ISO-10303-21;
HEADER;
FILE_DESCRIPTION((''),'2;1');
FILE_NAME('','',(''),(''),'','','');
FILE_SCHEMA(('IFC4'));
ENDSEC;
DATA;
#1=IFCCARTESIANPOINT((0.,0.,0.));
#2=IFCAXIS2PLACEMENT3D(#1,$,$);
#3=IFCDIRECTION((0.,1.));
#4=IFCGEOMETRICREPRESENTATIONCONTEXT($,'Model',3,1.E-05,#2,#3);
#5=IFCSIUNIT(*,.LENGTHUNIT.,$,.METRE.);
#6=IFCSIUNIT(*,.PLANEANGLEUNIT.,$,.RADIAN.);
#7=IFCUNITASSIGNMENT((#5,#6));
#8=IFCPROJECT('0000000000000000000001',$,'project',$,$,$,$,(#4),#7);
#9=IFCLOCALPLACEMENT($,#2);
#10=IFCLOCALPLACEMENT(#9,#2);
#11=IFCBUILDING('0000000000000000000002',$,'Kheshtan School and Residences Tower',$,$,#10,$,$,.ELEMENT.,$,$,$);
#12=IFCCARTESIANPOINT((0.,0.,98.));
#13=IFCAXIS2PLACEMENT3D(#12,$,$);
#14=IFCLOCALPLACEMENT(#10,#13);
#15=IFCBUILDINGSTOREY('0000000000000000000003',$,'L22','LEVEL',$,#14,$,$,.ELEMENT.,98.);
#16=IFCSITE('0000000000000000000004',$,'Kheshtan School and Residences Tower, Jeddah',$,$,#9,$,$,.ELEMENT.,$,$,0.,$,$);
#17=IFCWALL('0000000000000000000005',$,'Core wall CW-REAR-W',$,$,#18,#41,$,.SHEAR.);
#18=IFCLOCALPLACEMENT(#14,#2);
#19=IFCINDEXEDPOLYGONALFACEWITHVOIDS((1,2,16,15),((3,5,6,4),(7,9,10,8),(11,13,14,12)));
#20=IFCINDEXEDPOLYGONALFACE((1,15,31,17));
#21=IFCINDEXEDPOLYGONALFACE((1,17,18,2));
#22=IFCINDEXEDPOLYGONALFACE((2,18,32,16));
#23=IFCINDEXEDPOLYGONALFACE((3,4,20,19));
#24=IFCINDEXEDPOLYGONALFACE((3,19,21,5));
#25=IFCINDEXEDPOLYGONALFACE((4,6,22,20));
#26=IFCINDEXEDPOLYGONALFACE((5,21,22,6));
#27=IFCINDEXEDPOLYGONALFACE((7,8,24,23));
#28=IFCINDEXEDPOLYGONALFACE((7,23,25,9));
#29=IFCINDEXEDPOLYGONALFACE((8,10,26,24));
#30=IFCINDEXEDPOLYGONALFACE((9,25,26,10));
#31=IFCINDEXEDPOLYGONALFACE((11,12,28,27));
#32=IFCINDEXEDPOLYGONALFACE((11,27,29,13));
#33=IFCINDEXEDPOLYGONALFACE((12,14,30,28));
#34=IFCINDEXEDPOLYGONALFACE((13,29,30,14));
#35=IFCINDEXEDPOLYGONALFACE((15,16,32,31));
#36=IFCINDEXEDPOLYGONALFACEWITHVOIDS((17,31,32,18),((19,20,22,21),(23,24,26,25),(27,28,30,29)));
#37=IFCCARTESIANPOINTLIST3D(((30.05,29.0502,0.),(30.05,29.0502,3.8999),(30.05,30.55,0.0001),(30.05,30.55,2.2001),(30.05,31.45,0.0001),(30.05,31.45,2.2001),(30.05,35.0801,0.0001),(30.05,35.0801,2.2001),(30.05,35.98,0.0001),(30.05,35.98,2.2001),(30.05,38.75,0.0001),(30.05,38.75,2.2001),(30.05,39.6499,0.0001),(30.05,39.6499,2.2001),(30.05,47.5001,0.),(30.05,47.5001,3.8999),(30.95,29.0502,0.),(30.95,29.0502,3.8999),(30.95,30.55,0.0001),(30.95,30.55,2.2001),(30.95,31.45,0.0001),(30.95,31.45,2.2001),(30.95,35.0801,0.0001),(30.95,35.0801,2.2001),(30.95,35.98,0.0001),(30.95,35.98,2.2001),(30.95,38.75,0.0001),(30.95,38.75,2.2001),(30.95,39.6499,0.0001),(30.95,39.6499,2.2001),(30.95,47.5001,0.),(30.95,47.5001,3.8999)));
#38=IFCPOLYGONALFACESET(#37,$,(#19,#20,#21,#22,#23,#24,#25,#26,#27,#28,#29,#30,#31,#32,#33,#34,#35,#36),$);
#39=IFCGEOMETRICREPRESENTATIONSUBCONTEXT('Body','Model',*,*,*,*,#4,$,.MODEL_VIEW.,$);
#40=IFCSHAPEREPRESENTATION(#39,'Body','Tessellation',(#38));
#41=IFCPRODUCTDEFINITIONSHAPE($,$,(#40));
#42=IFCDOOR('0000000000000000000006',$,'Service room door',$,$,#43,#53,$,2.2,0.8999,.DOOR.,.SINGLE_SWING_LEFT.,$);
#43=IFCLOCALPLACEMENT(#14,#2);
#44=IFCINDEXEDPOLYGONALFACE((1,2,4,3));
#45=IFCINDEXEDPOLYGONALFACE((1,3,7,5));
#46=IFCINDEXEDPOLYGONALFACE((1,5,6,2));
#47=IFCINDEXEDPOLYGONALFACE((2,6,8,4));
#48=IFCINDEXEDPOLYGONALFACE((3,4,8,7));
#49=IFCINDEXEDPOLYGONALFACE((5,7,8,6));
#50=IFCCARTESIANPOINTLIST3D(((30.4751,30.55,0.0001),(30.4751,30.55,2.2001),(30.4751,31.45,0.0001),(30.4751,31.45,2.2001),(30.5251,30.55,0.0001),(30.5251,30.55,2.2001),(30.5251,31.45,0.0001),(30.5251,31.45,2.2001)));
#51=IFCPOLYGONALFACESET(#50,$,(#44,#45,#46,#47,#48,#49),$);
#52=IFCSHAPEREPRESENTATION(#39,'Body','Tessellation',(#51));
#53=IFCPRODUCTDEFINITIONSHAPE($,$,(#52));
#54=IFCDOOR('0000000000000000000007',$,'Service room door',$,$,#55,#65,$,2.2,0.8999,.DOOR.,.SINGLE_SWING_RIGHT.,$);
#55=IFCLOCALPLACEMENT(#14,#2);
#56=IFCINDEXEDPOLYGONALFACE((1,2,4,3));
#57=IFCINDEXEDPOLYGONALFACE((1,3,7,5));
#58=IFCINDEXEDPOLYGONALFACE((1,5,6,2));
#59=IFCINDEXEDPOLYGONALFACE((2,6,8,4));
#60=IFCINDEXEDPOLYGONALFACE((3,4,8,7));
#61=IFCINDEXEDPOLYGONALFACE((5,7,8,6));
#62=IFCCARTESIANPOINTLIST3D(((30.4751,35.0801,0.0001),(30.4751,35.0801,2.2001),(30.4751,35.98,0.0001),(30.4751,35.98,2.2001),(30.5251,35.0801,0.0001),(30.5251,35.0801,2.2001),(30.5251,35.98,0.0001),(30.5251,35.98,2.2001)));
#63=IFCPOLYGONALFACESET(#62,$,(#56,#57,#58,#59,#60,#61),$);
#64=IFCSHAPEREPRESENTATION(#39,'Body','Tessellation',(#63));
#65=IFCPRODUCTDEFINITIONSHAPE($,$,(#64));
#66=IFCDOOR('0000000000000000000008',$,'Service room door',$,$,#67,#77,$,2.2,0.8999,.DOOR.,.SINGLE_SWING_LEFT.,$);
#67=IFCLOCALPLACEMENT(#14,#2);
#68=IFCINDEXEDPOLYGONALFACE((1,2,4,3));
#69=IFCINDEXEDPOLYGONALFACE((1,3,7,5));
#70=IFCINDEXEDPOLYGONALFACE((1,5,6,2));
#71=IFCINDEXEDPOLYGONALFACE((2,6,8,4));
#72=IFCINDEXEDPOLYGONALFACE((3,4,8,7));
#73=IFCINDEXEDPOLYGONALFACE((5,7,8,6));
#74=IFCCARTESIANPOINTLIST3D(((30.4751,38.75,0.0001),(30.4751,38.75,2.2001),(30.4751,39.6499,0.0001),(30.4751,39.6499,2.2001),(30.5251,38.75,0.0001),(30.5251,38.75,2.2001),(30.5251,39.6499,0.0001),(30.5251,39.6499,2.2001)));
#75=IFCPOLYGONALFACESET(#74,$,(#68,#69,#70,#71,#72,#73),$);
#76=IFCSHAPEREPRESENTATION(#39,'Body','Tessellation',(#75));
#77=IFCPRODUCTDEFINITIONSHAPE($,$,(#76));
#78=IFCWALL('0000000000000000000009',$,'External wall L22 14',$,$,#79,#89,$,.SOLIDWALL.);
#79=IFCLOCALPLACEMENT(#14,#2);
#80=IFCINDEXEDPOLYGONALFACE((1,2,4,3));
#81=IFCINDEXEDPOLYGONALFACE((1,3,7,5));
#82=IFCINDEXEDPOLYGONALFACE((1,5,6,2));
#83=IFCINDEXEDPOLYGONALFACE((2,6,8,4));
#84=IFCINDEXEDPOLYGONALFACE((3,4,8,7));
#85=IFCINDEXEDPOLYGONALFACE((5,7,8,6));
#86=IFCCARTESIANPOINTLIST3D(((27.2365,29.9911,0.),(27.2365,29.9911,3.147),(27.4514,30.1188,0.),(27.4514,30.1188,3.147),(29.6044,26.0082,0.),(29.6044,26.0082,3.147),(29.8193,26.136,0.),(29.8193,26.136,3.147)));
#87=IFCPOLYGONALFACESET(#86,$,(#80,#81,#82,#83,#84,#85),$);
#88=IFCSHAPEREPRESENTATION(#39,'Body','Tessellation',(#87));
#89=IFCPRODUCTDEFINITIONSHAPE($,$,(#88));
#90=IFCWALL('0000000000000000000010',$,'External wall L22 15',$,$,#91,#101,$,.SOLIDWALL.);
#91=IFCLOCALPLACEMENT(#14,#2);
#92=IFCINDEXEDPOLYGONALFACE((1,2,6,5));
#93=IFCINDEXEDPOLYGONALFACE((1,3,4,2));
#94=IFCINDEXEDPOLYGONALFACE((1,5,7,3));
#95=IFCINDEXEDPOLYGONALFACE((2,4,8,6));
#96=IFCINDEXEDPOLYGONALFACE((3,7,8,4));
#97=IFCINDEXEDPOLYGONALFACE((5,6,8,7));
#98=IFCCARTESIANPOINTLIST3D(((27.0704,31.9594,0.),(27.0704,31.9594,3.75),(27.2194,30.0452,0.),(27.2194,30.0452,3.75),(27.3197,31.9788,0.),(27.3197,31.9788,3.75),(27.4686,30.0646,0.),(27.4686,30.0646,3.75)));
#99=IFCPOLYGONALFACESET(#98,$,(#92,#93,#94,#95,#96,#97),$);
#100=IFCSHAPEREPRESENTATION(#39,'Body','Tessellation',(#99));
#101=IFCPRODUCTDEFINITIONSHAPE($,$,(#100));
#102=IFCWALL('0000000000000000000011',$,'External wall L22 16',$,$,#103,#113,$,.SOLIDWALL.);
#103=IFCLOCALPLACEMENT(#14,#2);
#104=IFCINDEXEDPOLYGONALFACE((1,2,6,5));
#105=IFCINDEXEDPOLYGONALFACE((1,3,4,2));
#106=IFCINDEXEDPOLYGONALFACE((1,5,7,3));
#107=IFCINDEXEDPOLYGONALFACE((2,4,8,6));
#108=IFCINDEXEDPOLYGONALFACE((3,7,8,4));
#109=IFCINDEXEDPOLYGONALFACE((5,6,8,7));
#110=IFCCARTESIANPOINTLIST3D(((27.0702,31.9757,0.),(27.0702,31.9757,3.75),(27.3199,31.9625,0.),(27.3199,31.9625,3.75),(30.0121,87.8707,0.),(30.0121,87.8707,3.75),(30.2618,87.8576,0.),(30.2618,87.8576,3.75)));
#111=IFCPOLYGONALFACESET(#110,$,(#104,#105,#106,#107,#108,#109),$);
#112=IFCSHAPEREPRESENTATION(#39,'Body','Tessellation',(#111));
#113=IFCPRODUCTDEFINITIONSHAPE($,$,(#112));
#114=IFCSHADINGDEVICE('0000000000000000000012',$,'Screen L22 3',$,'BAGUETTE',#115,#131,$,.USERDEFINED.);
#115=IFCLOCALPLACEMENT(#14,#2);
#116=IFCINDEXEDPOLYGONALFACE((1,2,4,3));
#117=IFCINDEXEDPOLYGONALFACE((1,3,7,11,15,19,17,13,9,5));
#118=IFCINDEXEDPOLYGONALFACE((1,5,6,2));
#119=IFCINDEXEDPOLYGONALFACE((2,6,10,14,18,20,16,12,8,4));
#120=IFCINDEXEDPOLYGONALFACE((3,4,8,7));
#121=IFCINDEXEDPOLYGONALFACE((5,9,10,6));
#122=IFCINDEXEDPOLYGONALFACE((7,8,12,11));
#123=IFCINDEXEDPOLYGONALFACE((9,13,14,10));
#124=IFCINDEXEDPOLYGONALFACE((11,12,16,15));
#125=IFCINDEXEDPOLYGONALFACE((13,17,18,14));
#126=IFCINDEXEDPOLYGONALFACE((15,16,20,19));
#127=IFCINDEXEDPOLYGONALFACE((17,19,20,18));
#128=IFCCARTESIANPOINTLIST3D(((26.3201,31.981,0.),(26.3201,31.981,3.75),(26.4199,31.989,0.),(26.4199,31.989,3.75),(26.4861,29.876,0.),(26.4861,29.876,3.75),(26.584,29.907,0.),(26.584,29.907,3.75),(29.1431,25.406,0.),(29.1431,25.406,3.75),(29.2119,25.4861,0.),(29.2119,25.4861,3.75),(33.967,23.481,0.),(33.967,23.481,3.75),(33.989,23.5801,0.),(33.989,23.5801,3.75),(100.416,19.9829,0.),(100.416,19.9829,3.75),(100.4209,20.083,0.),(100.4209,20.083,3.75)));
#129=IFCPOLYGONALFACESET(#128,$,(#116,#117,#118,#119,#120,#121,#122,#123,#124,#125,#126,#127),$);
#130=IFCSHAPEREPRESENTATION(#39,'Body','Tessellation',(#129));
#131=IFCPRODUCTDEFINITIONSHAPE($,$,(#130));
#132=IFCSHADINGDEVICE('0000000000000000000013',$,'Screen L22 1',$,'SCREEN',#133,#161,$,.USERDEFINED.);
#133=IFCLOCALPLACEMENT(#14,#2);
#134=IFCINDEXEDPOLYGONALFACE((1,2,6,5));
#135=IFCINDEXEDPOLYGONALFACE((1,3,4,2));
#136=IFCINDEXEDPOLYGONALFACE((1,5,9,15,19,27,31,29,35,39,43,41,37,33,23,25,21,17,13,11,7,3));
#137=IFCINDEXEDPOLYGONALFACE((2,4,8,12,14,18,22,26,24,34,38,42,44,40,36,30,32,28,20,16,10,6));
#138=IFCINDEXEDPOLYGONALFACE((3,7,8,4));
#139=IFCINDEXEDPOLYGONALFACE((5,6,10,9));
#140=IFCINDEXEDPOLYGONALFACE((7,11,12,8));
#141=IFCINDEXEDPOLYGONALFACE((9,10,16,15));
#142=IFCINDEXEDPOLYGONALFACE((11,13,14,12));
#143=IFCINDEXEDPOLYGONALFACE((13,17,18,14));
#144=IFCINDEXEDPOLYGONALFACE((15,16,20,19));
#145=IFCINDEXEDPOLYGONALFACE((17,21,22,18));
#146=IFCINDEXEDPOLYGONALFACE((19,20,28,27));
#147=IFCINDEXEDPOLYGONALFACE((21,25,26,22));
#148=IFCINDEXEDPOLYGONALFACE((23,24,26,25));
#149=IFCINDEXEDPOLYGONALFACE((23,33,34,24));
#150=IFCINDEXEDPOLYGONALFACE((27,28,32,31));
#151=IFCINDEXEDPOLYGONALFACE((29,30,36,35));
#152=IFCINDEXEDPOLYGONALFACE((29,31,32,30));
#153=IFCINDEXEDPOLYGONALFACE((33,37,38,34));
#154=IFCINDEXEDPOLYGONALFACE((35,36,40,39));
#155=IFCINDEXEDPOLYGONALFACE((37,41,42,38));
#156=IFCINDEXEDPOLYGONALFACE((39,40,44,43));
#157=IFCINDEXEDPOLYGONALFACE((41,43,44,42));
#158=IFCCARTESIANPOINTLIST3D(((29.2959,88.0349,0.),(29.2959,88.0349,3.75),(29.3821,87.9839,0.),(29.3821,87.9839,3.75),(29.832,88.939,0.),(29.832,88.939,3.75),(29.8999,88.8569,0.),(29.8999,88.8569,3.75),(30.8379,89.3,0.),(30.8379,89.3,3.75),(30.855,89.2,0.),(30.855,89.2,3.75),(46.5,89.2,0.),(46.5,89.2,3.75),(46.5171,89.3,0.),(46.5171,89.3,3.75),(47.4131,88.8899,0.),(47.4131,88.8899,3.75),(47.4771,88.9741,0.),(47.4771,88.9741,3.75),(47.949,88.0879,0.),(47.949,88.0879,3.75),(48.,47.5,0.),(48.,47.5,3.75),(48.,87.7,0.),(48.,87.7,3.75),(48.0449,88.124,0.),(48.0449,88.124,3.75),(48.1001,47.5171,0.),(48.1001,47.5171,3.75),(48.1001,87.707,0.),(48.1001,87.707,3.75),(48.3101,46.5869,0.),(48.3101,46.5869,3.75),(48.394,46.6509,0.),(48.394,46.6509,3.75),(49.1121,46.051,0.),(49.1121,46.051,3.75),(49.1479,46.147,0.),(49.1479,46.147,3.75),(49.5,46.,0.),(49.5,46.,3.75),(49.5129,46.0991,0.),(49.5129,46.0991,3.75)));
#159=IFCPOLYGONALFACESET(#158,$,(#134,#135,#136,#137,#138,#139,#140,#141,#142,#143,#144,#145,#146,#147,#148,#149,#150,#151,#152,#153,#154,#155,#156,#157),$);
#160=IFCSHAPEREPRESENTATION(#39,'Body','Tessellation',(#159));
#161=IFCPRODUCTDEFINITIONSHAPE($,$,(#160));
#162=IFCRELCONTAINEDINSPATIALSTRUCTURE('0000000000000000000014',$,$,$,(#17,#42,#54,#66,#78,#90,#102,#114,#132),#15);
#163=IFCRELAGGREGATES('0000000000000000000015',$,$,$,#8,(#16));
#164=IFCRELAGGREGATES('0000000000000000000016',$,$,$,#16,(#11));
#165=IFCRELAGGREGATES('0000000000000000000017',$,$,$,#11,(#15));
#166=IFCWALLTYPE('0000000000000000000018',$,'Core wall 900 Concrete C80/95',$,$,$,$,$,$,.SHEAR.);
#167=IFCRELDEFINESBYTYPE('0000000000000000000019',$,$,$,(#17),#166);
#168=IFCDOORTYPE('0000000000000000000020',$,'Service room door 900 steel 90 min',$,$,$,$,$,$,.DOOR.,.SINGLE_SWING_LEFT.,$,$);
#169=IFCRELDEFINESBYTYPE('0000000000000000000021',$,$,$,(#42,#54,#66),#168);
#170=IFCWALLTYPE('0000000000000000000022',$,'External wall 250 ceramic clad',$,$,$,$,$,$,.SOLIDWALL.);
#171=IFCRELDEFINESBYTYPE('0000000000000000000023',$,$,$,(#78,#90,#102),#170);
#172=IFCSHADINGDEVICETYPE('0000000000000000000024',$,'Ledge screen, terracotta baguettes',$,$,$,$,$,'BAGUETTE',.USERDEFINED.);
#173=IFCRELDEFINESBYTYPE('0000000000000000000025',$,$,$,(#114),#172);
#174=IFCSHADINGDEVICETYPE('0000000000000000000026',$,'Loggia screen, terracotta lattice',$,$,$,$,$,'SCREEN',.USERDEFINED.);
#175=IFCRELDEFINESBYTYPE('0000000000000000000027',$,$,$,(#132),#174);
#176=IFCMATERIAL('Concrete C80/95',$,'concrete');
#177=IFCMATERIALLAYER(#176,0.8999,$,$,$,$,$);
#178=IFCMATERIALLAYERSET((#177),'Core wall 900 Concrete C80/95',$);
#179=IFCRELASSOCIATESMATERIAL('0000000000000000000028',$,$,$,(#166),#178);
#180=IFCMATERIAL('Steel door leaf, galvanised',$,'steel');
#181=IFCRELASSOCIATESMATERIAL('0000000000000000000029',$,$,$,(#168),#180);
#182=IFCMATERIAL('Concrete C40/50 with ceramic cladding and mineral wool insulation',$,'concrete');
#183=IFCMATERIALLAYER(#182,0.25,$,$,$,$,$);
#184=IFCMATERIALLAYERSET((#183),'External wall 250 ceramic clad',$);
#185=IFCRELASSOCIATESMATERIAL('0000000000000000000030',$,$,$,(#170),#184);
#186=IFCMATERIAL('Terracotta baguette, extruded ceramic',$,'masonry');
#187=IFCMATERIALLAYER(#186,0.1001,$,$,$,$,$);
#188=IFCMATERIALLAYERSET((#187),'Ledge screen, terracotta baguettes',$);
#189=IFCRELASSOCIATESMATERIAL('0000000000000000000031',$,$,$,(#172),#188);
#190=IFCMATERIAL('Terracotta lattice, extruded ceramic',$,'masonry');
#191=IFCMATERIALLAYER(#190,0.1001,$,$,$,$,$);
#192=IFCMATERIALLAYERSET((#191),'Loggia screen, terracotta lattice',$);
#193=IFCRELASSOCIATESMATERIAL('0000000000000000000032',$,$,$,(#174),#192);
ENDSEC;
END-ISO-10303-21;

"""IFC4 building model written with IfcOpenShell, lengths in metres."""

from ifc_helpers import new_model, si_unit, direction, frame, frame_2d, origin, place, context, subcontext, project, spatial, polyline, rectangle, outline, extrude, source, transform, mapped, material, layer, layer_set, type_object, element, fill, save


model = new_model("IFC4")

# Units and contexts
model_context = context("Model", 3, precision=1e-05, world=origin(), true_north=direction((0.0, 1.0)))
body_context = subcontext(model_context, "Body", "Model", "MODEL_VIEW")
ifc_project = project(units=[si_unit("LENGTHUNIT", "METRE"), si_unit("PLANEANGLEUNIT", "RADIAN")], contexts=[model_context])

# Site, building, storey
site_placement = place(None, origin())
site = spatial("IfcSite", under=ifc_project, at=site_placement, Name="Kheshtan School and Residences Tower, Jeddah", CompositionType="ELEMENT", RefElevation=0.0)
building_placement = place(site_placement, origin())
building = spatial("IfcBuilding", under=site, at=building_placement, Name="Kheshtan School and Residences Tower", CompositionType="ELEMENT")
storey_placement = place(building_placement, frame((0.0, 0.0, 98.0)))
storey = spatial("IfcBuildingStorey", under=building, at=storey_placement, Name="L22", Description="LEVEL", CompositionType="ELEMENT", Elevation=98.0)

# Wall, openings, doors
ifc_material_1 = material(Name="Concrete C80/95", Category="concrete")
ifc_layer_1 = layer(ifc_material_1, 0.8999)
ifc_layer_set_1 = layer_set([ifc_layer_1], Name="Core wall 900 Concrete C80/95")
wall_type_1 = type_object("IfcWallType", Name="Core wall 900 Concrete C80/95", PredefinedType="SHEAR", material=ifc_layer_set_1)
wall_1_placement = place(storey_placement, frame((30.5, 29.05, 0.0), z_axis=(0.0, 0.0, 1.0), x_axis=(0.0, 1.0, 0.0)))
wall_1 = element("IfcWall", 1, at=wall_1_placement, inside=storey, type_object=wall_type_1, Name="Core wall CW-REAR-W", PredefinedType="SHEAR", context=body_context, shape_type="SweptSolid", body=[
    extrude(rectangle(XDim=18.45, YDim=0.8999, at=frame_2d((9.2251, 0.0))), origin(), (0.0, 0.0, 1.0), 3.8999),
])
opening_1_placement = place(wall_1_placement, frame((1.5, 0.0, 0.0)))
opening_1 = element("IfcOpeningElement", 2, at=opening_1_placement, cuts=wall_1, PredefinedType="OPENING", context=body_context, shape_type="SweptSolid", body=[
    extrude(rectangle(XDim=0.8999, YDim=2.2, at=frame_2d((0.45, 1.1001))), frame((0.0, 0.46, 0.0), z_axis=(0.0, -1.0, 0.0), x_axis=(1.0, 0.0, 0.0)), (0.0, 0.0, 1.0), 0.9199),
])
opening_2_placement = place(wall_1_placement, frame((6.03, 0.0, 0.0)))
opening_2 = element("IfcOpeningElement", 3, at=opening_2_placement, cuts=wall_1, PredefinedType="OPENING", context=body_context, shape_type="SweptSolid", body=[
    extrude(rectangle(XDim=0.8999, YDim=2.2, at=frame_2d((0.45, 1.1001))), frame((0.0, 0.46, 0.0), z_axis=(0.0, -1.0, 0.0), x_axis=(1.0, 0.0, 0.0)), (0.0, 0.0, 1.0), 0.9199),
])
opening_3_placement = place(wall_1_placement, frame((9.7, 0.0, 0.0)))
opening_3 = element("IfcOpeningElement", 4, at=opening_3_placement, cuts=wall_1, PredefinedType="OPENING", context=body_context, shape_type="SweptSolid", body=[
    extrude(rectangle(XDim=0.8999, YDim=2.2, at=frame_2d((0.45, 1.1001))), frame((0.0, 0.46, 0.0), z_axis=(0.0, -1.0, 0.0), x_axis=(1.0, 0.0, 0.0)), (0.0, 0.0, 1.0), 0.9199),
])
ifc_material_2 = material(Name="Steel door leaf, galvanised", Category="steel")
door_type = type_object("IfcDoorType", Name="Service room door 900 steel 90 min", OperationType="SINGLE_SWING_LEFT", PredefinedType="DOOR", material=ifc_material_2)
shared_shape = source(origin(), body_context, "Body", "SweptSolid", [
    extrude(rectangle(XDim=0.8999, YDim=2.2, at=frame_2d((0.45, 1.1001))), frame((0.0, 0.0249, 0.0), z_axis=(0.0, -1.0, 0.0), x_axis=(1.0, 0.0, 0.0)), (0.0, 0.0, 1.0), 0.05),
])
door_1_placement = place(opening_1_placement, origin())
door_1 = element("IfcDoor", 5, at=door_1_placement, inside=storey, type_object=door_type, Name="Service room door", OperationType="SINGLE_SWING_LEFT", OverallHeight=2.2, OverallWidth=0.8999, PredefinedType="DOOR", context=body_context, shape_type="MappedRepresentation", body=[
    mapped(shared_shape, transform((0.0, 0.0, 0.0), x_axis=(1.0, 0.0, 0.0), y_axis=(0.0, 1.0, 0.0), z_axis=(0.0, 0.0, 1.0), scale=1.0)),
])
fill(opening_1, door_1)
door_2_placement = place(opening_2_placement, origin())
door_2 = element("IfcDoor", 6, at=door_2_placement, inside=storey, type_object=door_type, Name="Service room door", OperationType="SINGLE_SWING_RIGHT", OverallHeight=2.2, OverallWidth=0.8999, PredefinedType="DOOR", context=body_context, shape_type="MappedRepresentation", body=[
    mapped(shared_shape, transform((0.0, 0.0, 0.0), x_axis=(1.0, 0.0, 0.0), y_axis=(0.0, 1.0, 0.0), z_axis=(0.0, 0.0, 1.0), scale=1.0)),
])
fill(opening_2, door_2)
door_3_placement = place(opening_3_placement, origin())
door_3 = element("IfcDoor", 7, at=door_3_placement, inside=storey, type_object=door_type, Name="Service room door", OperationType="SINGLE_SWING_LEFT", OverallHeight=2.2, OverallWidth=0.8999, PredefinedType="DOOR", context=body_context, shape_type="MappedRepresentation", body=[
    mapped(shared_shape, transform((0.0, 0.0, 0.0), x_axis=(1.0, 0.0, 0.0), y_axis=(0.0, 1.0, 0.0), z_axis=(0.0, 0.0, 1.0), scale=1.0)),
])
fill(opening_3, door_3)

# Walls
ifc_material_3 = material(Name="Concrete C40/50 with ceramic cladding and mineral wool insulation", Category="concrete")
ifc_layer_2 = layer(ifc_material_3, 0.25)
ifc_layer_set_2 = layer_set([ifc_layer_2], Name="External wall 250 ceramic clad")
wall_type_2 = type_object("IfcWallType", Name="External wall 250 ceramic clad", PredefinedType="SOLIDWALL", material=ifc_layer_set_2)
wall_2_placement = place(storey_placement, frame((29.7119, 26.072, 0.0), z_axis=(0.0, 0.0, 1.0), x_axis=(-0.511028, 0.859564, 0.0)))
element("IfcWall", 8, at=wall_2_placement, inside=storey, type_object=wall_type_2, Name="External wall L22 14", PredefinedType="SOLIDWALL", context=body_context, shape_type="SweptSolid", body=[
    extrude(rectangle(XDim=4.6335, YDim=0.25, at=frame_2d((2.3169, 0.0))), origin(), (0.0, 0.0, 1.0), 3.147),
])
wall_3_placement = place(storey_placement, frame((27.344, 30.0549, 0.0), z_axis=(0.0, 0.0, 1.0), x_axis=(-0.077572, 0.996987, 0.0)))
element("IfcWall", 9, at=wall_3_placement, inside=storey, type_object=wall_type_2, Name="External wall L22 15", PredefinedType="SOLIDWALL", context=body_context, shape_type="SweptSolid", body=[
    extrude(rectangle(XDim=1.9199, YDim=0.25, at=frame_2d((0.96, 0.0))), origin(), (0.0, 0.0, 1.0), 3.75),
])
wall_4_placement = place(storey_placement, frame((27.1951, 31.969, 0.0), z_axis=(0.0, 0.0, 1.0), x_axis=(0.05256, 0.998618, 0.0)))
element("IfcWall", 10, at=wall_4_placement, inside=storey, type_object=wall_type_2, Name="External wall L22 16", PredefinedType="SOLIDWALL", context=body_context, shape_type="SweptSolid", body=[
    extrude(rectangle(XDim=55.9724, YDim=0.25, at=frame_2d((27.9863, 0.0))), origin(), (0.0, 0.0, 1.0), 3.75),
])

# Shading devices
ifc_material_4 = material(Name="Terracotta baguette, extruded ceramic", Category="masonry")
ifc_layer_3 = layer(ifc_material_4, 0.1001)
ifc_layer_set_3 = layer_set([ifc_layer_3], Name="Ledge screen, terracotta baguettes")
shading_device_type_1 = type_object("IfcShadingDeviceType", Name="Ledge screen, terracotta baguettes", ElementType="BAGUETTE", PredefinedType="USERDEFINED", material=ifc_layer_set_3)
shading_device_1_placement = place(storey_placement, origin())
element("IfcShadingDevice", 11, at=shading_device_1_placement, inside=storey, type_object=shading_device_type_1, Name="Screen L22 3", ObjectType="BAGUETTE", PredefinedType="USERDEFINED", context=body_context, shape_type="SweptSolid", body=[
    extrude(outline(polyline([(100.4209, 20.083), (33.989, 23.5801), (29.2119, 25.4861), (26.584, 29.907), (26.4199, 31.989), (26.3201, 31.981), (26.4861, 29.876), (29.1431, 25.406), (33.967, 23.481), (100.416, 19.9829), (100.4209, 20.083)])), origin(), (0.0, 0.0, 1.0), 3.75),
])
ifc_material_5 = material(Name="Terracotta lattice, extruded ceramic", Category="masonry")
ifc_layer_4 = layer(ifc_material_5, 0.1001)
ifc_layer_set_4 = layer_set([ifc_layer_4], Name="Loggia screen, terracotta lattice")
shading_device_type_2 = type_object("IfcShadingDeviceType", Name="Loggia screen, terracotta lattice", ElementType="SCREEN", PredefinedType="USERDEFINED", material=ifc_layer_set_4)
shading_device_2_placement = place(storey_placement, origin())
element("IfcShadingDevice", 12, at=shading_device_2_placement, inside=storey, type_object=shading_device_type_2, Name="Screen L22 1", ObjectType="SCREEN", PredefinedType="USERDEFINED", context=body_context, shape_type="SweptSolid", body=[
    extrude(outline(polyline([(29.3821, 87.9839), (29.8999, 88.8569), (30.855, 89.2), (46.5, 89.2), (47.4131, 88.8899), (47.949, 88.0879), (48.0, 87.7), (48.0, 47.5), (48.3101, 46.5869), (49.1121, 46.051), (49.5, 46.0), (49.5129, 46.0991), (49.1479, 46.147), (48.394, 46.6509), (48.1001, 47.5171), (48.1001, 87.707), (48.0449, 88.124), (47.4771, 88.9741), (46.5171, 89.3), (30.8379, 89.3), (29.832, 88.939), (29.2959, 88.0349), (29.3821, 87.9839)])), origin(), (0.0, 0.0, 1.0), 3.75),
])

save(model, "model.ifc")
